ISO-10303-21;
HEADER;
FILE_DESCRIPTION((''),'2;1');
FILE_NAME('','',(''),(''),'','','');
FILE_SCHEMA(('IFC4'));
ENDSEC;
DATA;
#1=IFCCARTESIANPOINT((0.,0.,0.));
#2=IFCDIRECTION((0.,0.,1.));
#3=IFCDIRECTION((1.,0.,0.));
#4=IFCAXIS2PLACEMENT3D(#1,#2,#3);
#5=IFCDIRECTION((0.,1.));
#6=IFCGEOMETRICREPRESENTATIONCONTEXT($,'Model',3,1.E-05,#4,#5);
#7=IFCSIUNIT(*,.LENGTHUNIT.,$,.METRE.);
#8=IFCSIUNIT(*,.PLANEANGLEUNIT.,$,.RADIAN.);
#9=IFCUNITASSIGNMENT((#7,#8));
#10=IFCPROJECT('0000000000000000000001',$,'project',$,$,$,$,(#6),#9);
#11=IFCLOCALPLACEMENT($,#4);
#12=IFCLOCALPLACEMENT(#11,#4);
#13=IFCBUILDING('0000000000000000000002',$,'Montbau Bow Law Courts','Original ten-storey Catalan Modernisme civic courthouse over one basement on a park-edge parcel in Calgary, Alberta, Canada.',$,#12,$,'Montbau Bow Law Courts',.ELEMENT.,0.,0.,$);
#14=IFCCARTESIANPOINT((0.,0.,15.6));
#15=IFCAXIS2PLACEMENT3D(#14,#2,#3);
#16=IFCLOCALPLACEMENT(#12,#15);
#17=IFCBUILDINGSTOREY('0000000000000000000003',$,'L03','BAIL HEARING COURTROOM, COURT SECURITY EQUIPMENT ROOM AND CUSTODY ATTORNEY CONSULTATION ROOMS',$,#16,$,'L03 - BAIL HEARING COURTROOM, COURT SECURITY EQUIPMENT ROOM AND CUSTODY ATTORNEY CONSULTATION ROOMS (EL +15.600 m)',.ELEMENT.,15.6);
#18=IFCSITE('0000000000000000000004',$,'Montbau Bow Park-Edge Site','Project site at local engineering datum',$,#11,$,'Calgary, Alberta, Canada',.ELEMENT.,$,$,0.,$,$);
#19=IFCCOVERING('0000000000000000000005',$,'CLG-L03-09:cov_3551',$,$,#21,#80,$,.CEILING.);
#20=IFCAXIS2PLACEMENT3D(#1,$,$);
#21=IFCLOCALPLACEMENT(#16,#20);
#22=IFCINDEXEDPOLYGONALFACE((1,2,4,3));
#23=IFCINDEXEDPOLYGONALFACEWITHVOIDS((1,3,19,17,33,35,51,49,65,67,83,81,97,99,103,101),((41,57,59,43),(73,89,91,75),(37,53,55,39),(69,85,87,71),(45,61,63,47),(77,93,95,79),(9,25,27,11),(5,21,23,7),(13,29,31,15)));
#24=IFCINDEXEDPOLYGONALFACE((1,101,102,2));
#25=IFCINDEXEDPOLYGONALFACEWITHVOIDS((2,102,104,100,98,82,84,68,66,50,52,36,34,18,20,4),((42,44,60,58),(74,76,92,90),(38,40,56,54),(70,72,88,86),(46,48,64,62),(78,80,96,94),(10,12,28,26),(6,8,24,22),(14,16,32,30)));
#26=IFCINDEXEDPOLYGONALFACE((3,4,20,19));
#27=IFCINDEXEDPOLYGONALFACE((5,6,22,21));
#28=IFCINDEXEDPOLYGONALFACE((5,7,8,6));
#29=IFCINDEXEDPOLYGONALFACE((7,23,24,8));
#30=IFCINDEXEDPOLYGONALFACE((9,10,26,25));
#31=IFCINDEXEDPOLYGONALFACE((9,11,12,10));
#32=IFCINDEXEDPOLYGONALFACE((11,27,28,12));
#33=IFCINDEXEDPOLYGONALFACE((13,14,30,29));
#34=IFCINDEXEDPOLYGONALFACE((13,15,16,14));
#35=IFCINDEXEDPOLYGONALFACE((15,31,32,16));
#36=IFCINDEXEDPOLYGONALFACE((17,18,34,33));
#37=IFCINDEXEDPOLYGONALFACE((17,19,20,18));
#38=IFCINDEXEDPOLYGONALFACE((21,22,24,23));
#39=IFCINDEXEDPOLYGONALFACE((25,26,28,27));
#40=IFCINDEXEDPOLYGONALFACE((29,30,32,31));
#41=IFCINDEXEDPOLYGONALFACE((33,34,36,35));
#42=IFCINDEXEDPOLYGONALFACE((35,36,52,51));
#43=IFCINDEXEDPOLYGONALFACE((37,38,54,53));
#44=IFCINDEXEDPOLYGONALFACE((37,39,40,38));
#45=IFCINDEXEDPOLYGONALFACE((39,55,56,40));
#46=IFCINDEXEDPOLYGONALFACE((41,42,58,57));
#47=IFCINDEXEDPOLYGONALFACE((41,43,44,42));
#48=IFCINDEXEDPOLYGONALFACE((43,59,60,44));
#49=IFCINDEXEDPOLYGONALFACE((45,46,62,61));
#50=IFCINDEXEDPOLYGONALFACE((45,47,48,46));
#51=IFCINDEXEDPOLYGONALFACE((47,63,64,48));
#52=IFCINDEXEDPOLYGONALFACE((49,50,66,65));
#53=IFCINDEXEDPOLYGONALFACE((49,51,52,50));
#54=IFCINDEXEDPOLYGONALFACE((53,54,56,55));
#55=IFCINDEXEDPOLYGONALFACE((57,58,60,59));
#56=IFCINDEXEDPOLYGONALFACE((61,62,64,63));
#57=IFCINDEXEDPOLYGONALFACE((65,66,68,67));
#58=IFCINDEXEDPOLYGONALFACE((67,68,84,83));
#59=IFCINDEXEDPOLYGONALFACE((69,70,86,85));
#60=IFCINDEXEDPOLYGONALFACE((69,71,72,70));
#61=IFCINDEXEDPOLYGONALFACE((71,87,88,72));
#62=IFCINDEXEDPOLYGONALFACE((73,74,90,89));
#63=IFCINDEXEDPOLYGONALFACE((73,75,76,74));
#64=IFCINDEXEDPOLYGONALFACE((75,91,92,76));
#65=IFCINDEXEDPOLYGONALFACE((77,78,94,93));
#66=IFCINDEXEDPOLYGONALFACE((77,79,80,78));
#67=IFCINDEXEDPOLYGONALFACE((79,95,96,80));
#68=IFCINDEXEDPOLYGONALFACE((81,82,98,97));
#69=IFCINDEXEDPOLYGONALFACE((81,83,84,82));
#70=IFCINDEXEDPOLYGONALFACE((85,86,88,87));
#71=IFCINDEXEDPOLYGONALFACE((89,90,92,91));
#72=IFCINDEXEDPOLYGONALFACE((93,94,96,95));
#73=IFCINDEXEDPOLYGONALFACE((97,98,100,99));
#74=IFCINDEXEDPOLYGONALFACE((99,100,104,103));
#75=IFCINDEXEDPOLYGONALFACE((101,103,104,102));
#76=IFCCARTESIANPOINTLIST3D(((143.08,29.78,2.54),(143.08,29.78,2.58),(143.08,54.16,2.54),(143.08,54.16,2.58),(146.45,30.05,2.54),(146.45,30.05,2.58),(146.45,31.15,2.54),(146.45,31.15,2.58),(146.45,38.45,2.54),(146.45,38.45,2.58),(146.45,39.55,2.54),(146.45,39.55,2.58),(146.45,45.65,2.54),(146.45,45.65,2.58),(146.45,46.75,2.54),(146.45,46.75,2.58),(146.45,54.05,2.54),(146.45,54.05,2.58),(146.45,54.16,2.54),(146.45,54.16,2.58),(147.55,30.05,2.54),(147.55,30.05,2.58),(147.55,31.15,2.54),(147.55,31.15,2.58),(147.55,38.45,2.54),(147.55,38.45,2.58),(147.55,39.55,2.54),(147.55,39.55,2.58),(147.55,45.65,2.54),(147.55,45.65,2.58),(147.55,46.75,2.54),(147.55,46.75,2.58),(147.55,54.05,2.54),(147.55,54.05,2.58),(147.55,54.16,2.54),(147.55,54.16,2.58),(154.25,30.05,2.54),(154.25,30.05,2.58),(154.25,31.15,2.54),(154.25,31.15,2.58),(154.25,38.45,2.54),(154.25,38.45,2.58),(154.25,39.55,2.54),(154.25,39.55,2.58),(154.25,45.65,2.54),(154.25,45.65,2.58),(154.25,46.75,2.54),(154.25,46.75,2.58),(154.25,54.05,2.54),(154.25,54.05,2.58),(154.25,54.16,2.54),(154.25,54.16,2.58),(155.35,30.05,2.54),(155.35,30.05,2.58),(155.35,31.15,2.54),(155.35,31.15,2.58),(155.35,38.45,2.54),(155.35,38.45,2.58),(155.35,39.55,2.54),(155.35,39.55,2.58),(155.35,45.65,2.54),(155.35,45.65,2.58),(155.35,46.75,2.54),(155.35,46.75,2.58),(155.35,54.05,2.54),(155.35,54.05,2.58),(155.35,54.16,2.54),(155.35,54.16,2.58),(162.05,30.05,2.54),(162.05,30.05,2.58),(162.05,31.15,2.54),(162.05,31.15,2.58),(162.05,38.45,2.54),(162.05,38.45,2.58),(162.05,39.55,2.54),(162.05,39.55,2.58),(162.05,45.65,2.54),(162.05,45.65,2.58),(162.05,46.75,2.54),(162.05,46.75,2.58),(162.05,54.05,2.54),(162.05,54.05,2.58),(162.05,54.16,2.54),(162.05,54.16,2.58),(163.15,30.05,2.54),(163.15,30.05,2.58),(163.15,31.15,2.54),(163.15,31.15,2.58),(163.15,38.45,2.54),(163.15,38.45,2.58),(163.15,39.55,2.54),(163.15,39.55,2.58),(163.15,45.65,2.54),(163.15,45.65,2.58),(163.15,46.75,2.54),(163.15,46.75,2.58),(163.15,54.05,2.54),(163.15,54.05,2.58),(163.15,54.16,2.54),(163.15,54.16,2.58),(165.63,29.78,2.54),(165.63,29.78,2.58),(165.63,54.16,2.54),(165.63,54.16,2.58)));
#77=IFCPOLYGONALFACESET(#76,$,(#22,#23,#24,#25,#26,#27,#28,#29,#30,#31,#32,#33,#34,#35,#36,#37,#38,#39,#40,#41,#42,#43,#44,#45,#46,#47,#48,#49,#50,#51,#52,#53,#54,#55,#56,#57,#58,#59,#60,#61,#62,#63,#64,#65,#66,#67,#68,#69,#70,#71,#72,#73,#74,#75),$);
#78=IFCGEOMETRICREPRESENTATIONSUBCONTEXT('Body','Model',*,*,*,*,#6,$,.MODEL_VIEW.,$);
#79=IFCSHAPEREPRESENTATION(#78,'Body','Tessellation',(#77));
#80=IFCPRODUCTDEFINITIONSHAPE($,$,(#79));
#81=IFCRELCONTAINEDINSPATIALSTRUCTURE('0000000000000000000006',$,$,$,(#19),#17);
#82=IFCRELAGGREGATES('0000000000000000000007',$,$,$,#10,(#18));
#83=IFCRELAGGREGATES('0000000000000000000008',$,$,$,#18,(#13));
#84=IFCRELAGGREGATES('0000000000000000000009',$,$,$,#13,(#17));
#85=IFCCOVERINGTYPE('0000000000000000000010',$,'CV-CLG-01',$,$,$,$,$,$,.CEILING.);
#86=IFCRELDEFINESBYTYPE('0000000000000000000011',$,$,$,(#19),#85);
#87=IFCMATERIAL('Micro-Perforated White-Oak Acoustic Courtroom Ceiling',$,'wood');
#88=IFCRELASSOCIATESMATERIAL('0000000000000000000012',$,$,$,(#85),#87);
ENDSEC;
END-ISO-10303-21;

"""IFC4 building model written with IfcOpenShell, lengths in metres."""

from ifc_helpers import new_model, si_unit, direction, frame, origin_with_axes, place, context, subcontext, project, spatial, polyline, outline, extrude, material, type_object, element, save


model = new_model("IFC4")

# Units and contexts
model_context = context("Model", 3, precision=1e-05, world=origin_with_axes(), true_north=direction((0.0, 1.0)))
body_context = subcontext(model_context, "Body", "Model", "MODEL_VIEW")
ifc_project = project(units=[si_unit("LENGTHUNIT", "METRE"), si_unit("PLANEANGLEUNIT", "RADIAN")], contexts=[model_context])

# Site, building, storey
site_placement = place(None, origin_with_axes())
site = spatial("IfcSite", under=ifc_project, at=site_placement, Name="Montbau Bow Park-Edge Site", Description="Project site at local engineering datum", LongName="Calgary, Alberta, Canada", CompositionType="ELEMENT", RefElevation=0.0)
building_placement = place(site_placement, origin_with_axes())
building = spatial("IfcBuilding", under=site, at=building_placement, Name="Montbau Bow Law Courts", Description="Original ten-storey Catalan Modernisme civic courthouse over one basement on a park-edge parcel in Calgary, Alberta, Canada.", LongName="Montbau Bow Law Courts", CompositionType="ELEMENT", ElevationOfRefHeight=0.0, ElevationOfTerrain=0.0)
storey_placement = place(building_placement, frame((0.0, 0.0, 15.6), z_axis=(0.0, 0.0, 1.0), x_axis=(1.0, 0.0, 0.0)))
storey = spatial("IfcBuildingStorey", under=building, at=storey_placement, Name="L03", Description="BAIL HEARING COURTROOM, COURT SECURITY EQUIPMENT ROOM AND CUSTODY ATTORNEY CONSULTATION ROOMS", LongName="L03 - BAIL HEARING COURTROOM, COURT SECURITY EQUIPMENT ROOM AND CUSTODY ATTORNEY CONSULTATION ROOMS (EL +15.600 m)", CompositionType="ELEMENT", Elevation=15.6)

# Covering
ifc_material_1 = material(Name="Micro-Perforated White-Oak Acoustic Courtroom Ceiling", Category="wood")
covering_type_1 = type_object("IfcCoveringType", Name="CV-CLG-01", PredefinedType="CEILING", material=ifc_material_1)
covering_1_placement = place(None, frame((0.0, 0.0, 18.14), z_axis=(0.0, 0.0, 1.0), x_axis=(1.0, 0.0, 0.0)))
element("IfcCovering", 1, at=covering_1_placement, inside=storey, type_object=covering_type_1, Name="CLG-L03-09:cov_3551", PredefinedType="CEILING", context=body_context, shape_type="SweptSolid", body=[
    extrude(outline(polyline([(146.45, 54.16), (146.45, 54.05), (147.55, 54.05), (147.55, 54.16), (154.25, 54.16), (154.25, 54.05), (155.35, 54.05), (155.35, 54.16), (162.05, 54.16), (162.05, 54.05), (163.15, 54.05), (163.15, 54.16), (165.63, 54.16), (165.63, 29.78), (143.08, 29.78), (143.08, 54.16), (146.45, 54.16)]), holes=[polyline([(146.45, 31.15), (146.45, 30.05), (147.55, 30.05), (147.55, 31.15), (146.45, 31.15)]), polyline([(154.25, 39.55), (154.25, 38.45), (155.35, 38.45), (155.35, 39.55), (154.25, 39.55)]), polyline([(146.45, 39.55), (146.45, 38.45), (147.55, 38.45), (147.55, 39.55), (146.45, 39.55)]), polyline([(146.45, 46.75), (146.45, 45.65), (147.55, 45.65), (147.55, 46.75), (146.45, 46.75)]), polyline([(154.25, 31.15), (154.25, 30.05), (155.35, 30.05), (155.35, 31.15), (154.25, 31.15)]), polyline([(162.05, 31.15), (162.05, 30.05), (163.15, 30.05), (163.15, 31.15), (162.05, 31.15)]), polyline([(162.05, 39.55), (162.05, 38.45), (163.15, 38.45), (163.15, 39.55), (162.05, 39.55)]), polyline([(162.05, 46.75), (162.05, 45.65), (163.15, 45.65), (163.15, 46.75), (162.05, 46.75)]), polyline([(154.25, 46.75), (154.25, 45.65), (155.35, 45.65), (155.35, 46.75), (154.25, 46.75)])]), origin_with_axes(), (0.0, 0.0, 1.0), 0.04),
])

save(model, "model.ifc")
